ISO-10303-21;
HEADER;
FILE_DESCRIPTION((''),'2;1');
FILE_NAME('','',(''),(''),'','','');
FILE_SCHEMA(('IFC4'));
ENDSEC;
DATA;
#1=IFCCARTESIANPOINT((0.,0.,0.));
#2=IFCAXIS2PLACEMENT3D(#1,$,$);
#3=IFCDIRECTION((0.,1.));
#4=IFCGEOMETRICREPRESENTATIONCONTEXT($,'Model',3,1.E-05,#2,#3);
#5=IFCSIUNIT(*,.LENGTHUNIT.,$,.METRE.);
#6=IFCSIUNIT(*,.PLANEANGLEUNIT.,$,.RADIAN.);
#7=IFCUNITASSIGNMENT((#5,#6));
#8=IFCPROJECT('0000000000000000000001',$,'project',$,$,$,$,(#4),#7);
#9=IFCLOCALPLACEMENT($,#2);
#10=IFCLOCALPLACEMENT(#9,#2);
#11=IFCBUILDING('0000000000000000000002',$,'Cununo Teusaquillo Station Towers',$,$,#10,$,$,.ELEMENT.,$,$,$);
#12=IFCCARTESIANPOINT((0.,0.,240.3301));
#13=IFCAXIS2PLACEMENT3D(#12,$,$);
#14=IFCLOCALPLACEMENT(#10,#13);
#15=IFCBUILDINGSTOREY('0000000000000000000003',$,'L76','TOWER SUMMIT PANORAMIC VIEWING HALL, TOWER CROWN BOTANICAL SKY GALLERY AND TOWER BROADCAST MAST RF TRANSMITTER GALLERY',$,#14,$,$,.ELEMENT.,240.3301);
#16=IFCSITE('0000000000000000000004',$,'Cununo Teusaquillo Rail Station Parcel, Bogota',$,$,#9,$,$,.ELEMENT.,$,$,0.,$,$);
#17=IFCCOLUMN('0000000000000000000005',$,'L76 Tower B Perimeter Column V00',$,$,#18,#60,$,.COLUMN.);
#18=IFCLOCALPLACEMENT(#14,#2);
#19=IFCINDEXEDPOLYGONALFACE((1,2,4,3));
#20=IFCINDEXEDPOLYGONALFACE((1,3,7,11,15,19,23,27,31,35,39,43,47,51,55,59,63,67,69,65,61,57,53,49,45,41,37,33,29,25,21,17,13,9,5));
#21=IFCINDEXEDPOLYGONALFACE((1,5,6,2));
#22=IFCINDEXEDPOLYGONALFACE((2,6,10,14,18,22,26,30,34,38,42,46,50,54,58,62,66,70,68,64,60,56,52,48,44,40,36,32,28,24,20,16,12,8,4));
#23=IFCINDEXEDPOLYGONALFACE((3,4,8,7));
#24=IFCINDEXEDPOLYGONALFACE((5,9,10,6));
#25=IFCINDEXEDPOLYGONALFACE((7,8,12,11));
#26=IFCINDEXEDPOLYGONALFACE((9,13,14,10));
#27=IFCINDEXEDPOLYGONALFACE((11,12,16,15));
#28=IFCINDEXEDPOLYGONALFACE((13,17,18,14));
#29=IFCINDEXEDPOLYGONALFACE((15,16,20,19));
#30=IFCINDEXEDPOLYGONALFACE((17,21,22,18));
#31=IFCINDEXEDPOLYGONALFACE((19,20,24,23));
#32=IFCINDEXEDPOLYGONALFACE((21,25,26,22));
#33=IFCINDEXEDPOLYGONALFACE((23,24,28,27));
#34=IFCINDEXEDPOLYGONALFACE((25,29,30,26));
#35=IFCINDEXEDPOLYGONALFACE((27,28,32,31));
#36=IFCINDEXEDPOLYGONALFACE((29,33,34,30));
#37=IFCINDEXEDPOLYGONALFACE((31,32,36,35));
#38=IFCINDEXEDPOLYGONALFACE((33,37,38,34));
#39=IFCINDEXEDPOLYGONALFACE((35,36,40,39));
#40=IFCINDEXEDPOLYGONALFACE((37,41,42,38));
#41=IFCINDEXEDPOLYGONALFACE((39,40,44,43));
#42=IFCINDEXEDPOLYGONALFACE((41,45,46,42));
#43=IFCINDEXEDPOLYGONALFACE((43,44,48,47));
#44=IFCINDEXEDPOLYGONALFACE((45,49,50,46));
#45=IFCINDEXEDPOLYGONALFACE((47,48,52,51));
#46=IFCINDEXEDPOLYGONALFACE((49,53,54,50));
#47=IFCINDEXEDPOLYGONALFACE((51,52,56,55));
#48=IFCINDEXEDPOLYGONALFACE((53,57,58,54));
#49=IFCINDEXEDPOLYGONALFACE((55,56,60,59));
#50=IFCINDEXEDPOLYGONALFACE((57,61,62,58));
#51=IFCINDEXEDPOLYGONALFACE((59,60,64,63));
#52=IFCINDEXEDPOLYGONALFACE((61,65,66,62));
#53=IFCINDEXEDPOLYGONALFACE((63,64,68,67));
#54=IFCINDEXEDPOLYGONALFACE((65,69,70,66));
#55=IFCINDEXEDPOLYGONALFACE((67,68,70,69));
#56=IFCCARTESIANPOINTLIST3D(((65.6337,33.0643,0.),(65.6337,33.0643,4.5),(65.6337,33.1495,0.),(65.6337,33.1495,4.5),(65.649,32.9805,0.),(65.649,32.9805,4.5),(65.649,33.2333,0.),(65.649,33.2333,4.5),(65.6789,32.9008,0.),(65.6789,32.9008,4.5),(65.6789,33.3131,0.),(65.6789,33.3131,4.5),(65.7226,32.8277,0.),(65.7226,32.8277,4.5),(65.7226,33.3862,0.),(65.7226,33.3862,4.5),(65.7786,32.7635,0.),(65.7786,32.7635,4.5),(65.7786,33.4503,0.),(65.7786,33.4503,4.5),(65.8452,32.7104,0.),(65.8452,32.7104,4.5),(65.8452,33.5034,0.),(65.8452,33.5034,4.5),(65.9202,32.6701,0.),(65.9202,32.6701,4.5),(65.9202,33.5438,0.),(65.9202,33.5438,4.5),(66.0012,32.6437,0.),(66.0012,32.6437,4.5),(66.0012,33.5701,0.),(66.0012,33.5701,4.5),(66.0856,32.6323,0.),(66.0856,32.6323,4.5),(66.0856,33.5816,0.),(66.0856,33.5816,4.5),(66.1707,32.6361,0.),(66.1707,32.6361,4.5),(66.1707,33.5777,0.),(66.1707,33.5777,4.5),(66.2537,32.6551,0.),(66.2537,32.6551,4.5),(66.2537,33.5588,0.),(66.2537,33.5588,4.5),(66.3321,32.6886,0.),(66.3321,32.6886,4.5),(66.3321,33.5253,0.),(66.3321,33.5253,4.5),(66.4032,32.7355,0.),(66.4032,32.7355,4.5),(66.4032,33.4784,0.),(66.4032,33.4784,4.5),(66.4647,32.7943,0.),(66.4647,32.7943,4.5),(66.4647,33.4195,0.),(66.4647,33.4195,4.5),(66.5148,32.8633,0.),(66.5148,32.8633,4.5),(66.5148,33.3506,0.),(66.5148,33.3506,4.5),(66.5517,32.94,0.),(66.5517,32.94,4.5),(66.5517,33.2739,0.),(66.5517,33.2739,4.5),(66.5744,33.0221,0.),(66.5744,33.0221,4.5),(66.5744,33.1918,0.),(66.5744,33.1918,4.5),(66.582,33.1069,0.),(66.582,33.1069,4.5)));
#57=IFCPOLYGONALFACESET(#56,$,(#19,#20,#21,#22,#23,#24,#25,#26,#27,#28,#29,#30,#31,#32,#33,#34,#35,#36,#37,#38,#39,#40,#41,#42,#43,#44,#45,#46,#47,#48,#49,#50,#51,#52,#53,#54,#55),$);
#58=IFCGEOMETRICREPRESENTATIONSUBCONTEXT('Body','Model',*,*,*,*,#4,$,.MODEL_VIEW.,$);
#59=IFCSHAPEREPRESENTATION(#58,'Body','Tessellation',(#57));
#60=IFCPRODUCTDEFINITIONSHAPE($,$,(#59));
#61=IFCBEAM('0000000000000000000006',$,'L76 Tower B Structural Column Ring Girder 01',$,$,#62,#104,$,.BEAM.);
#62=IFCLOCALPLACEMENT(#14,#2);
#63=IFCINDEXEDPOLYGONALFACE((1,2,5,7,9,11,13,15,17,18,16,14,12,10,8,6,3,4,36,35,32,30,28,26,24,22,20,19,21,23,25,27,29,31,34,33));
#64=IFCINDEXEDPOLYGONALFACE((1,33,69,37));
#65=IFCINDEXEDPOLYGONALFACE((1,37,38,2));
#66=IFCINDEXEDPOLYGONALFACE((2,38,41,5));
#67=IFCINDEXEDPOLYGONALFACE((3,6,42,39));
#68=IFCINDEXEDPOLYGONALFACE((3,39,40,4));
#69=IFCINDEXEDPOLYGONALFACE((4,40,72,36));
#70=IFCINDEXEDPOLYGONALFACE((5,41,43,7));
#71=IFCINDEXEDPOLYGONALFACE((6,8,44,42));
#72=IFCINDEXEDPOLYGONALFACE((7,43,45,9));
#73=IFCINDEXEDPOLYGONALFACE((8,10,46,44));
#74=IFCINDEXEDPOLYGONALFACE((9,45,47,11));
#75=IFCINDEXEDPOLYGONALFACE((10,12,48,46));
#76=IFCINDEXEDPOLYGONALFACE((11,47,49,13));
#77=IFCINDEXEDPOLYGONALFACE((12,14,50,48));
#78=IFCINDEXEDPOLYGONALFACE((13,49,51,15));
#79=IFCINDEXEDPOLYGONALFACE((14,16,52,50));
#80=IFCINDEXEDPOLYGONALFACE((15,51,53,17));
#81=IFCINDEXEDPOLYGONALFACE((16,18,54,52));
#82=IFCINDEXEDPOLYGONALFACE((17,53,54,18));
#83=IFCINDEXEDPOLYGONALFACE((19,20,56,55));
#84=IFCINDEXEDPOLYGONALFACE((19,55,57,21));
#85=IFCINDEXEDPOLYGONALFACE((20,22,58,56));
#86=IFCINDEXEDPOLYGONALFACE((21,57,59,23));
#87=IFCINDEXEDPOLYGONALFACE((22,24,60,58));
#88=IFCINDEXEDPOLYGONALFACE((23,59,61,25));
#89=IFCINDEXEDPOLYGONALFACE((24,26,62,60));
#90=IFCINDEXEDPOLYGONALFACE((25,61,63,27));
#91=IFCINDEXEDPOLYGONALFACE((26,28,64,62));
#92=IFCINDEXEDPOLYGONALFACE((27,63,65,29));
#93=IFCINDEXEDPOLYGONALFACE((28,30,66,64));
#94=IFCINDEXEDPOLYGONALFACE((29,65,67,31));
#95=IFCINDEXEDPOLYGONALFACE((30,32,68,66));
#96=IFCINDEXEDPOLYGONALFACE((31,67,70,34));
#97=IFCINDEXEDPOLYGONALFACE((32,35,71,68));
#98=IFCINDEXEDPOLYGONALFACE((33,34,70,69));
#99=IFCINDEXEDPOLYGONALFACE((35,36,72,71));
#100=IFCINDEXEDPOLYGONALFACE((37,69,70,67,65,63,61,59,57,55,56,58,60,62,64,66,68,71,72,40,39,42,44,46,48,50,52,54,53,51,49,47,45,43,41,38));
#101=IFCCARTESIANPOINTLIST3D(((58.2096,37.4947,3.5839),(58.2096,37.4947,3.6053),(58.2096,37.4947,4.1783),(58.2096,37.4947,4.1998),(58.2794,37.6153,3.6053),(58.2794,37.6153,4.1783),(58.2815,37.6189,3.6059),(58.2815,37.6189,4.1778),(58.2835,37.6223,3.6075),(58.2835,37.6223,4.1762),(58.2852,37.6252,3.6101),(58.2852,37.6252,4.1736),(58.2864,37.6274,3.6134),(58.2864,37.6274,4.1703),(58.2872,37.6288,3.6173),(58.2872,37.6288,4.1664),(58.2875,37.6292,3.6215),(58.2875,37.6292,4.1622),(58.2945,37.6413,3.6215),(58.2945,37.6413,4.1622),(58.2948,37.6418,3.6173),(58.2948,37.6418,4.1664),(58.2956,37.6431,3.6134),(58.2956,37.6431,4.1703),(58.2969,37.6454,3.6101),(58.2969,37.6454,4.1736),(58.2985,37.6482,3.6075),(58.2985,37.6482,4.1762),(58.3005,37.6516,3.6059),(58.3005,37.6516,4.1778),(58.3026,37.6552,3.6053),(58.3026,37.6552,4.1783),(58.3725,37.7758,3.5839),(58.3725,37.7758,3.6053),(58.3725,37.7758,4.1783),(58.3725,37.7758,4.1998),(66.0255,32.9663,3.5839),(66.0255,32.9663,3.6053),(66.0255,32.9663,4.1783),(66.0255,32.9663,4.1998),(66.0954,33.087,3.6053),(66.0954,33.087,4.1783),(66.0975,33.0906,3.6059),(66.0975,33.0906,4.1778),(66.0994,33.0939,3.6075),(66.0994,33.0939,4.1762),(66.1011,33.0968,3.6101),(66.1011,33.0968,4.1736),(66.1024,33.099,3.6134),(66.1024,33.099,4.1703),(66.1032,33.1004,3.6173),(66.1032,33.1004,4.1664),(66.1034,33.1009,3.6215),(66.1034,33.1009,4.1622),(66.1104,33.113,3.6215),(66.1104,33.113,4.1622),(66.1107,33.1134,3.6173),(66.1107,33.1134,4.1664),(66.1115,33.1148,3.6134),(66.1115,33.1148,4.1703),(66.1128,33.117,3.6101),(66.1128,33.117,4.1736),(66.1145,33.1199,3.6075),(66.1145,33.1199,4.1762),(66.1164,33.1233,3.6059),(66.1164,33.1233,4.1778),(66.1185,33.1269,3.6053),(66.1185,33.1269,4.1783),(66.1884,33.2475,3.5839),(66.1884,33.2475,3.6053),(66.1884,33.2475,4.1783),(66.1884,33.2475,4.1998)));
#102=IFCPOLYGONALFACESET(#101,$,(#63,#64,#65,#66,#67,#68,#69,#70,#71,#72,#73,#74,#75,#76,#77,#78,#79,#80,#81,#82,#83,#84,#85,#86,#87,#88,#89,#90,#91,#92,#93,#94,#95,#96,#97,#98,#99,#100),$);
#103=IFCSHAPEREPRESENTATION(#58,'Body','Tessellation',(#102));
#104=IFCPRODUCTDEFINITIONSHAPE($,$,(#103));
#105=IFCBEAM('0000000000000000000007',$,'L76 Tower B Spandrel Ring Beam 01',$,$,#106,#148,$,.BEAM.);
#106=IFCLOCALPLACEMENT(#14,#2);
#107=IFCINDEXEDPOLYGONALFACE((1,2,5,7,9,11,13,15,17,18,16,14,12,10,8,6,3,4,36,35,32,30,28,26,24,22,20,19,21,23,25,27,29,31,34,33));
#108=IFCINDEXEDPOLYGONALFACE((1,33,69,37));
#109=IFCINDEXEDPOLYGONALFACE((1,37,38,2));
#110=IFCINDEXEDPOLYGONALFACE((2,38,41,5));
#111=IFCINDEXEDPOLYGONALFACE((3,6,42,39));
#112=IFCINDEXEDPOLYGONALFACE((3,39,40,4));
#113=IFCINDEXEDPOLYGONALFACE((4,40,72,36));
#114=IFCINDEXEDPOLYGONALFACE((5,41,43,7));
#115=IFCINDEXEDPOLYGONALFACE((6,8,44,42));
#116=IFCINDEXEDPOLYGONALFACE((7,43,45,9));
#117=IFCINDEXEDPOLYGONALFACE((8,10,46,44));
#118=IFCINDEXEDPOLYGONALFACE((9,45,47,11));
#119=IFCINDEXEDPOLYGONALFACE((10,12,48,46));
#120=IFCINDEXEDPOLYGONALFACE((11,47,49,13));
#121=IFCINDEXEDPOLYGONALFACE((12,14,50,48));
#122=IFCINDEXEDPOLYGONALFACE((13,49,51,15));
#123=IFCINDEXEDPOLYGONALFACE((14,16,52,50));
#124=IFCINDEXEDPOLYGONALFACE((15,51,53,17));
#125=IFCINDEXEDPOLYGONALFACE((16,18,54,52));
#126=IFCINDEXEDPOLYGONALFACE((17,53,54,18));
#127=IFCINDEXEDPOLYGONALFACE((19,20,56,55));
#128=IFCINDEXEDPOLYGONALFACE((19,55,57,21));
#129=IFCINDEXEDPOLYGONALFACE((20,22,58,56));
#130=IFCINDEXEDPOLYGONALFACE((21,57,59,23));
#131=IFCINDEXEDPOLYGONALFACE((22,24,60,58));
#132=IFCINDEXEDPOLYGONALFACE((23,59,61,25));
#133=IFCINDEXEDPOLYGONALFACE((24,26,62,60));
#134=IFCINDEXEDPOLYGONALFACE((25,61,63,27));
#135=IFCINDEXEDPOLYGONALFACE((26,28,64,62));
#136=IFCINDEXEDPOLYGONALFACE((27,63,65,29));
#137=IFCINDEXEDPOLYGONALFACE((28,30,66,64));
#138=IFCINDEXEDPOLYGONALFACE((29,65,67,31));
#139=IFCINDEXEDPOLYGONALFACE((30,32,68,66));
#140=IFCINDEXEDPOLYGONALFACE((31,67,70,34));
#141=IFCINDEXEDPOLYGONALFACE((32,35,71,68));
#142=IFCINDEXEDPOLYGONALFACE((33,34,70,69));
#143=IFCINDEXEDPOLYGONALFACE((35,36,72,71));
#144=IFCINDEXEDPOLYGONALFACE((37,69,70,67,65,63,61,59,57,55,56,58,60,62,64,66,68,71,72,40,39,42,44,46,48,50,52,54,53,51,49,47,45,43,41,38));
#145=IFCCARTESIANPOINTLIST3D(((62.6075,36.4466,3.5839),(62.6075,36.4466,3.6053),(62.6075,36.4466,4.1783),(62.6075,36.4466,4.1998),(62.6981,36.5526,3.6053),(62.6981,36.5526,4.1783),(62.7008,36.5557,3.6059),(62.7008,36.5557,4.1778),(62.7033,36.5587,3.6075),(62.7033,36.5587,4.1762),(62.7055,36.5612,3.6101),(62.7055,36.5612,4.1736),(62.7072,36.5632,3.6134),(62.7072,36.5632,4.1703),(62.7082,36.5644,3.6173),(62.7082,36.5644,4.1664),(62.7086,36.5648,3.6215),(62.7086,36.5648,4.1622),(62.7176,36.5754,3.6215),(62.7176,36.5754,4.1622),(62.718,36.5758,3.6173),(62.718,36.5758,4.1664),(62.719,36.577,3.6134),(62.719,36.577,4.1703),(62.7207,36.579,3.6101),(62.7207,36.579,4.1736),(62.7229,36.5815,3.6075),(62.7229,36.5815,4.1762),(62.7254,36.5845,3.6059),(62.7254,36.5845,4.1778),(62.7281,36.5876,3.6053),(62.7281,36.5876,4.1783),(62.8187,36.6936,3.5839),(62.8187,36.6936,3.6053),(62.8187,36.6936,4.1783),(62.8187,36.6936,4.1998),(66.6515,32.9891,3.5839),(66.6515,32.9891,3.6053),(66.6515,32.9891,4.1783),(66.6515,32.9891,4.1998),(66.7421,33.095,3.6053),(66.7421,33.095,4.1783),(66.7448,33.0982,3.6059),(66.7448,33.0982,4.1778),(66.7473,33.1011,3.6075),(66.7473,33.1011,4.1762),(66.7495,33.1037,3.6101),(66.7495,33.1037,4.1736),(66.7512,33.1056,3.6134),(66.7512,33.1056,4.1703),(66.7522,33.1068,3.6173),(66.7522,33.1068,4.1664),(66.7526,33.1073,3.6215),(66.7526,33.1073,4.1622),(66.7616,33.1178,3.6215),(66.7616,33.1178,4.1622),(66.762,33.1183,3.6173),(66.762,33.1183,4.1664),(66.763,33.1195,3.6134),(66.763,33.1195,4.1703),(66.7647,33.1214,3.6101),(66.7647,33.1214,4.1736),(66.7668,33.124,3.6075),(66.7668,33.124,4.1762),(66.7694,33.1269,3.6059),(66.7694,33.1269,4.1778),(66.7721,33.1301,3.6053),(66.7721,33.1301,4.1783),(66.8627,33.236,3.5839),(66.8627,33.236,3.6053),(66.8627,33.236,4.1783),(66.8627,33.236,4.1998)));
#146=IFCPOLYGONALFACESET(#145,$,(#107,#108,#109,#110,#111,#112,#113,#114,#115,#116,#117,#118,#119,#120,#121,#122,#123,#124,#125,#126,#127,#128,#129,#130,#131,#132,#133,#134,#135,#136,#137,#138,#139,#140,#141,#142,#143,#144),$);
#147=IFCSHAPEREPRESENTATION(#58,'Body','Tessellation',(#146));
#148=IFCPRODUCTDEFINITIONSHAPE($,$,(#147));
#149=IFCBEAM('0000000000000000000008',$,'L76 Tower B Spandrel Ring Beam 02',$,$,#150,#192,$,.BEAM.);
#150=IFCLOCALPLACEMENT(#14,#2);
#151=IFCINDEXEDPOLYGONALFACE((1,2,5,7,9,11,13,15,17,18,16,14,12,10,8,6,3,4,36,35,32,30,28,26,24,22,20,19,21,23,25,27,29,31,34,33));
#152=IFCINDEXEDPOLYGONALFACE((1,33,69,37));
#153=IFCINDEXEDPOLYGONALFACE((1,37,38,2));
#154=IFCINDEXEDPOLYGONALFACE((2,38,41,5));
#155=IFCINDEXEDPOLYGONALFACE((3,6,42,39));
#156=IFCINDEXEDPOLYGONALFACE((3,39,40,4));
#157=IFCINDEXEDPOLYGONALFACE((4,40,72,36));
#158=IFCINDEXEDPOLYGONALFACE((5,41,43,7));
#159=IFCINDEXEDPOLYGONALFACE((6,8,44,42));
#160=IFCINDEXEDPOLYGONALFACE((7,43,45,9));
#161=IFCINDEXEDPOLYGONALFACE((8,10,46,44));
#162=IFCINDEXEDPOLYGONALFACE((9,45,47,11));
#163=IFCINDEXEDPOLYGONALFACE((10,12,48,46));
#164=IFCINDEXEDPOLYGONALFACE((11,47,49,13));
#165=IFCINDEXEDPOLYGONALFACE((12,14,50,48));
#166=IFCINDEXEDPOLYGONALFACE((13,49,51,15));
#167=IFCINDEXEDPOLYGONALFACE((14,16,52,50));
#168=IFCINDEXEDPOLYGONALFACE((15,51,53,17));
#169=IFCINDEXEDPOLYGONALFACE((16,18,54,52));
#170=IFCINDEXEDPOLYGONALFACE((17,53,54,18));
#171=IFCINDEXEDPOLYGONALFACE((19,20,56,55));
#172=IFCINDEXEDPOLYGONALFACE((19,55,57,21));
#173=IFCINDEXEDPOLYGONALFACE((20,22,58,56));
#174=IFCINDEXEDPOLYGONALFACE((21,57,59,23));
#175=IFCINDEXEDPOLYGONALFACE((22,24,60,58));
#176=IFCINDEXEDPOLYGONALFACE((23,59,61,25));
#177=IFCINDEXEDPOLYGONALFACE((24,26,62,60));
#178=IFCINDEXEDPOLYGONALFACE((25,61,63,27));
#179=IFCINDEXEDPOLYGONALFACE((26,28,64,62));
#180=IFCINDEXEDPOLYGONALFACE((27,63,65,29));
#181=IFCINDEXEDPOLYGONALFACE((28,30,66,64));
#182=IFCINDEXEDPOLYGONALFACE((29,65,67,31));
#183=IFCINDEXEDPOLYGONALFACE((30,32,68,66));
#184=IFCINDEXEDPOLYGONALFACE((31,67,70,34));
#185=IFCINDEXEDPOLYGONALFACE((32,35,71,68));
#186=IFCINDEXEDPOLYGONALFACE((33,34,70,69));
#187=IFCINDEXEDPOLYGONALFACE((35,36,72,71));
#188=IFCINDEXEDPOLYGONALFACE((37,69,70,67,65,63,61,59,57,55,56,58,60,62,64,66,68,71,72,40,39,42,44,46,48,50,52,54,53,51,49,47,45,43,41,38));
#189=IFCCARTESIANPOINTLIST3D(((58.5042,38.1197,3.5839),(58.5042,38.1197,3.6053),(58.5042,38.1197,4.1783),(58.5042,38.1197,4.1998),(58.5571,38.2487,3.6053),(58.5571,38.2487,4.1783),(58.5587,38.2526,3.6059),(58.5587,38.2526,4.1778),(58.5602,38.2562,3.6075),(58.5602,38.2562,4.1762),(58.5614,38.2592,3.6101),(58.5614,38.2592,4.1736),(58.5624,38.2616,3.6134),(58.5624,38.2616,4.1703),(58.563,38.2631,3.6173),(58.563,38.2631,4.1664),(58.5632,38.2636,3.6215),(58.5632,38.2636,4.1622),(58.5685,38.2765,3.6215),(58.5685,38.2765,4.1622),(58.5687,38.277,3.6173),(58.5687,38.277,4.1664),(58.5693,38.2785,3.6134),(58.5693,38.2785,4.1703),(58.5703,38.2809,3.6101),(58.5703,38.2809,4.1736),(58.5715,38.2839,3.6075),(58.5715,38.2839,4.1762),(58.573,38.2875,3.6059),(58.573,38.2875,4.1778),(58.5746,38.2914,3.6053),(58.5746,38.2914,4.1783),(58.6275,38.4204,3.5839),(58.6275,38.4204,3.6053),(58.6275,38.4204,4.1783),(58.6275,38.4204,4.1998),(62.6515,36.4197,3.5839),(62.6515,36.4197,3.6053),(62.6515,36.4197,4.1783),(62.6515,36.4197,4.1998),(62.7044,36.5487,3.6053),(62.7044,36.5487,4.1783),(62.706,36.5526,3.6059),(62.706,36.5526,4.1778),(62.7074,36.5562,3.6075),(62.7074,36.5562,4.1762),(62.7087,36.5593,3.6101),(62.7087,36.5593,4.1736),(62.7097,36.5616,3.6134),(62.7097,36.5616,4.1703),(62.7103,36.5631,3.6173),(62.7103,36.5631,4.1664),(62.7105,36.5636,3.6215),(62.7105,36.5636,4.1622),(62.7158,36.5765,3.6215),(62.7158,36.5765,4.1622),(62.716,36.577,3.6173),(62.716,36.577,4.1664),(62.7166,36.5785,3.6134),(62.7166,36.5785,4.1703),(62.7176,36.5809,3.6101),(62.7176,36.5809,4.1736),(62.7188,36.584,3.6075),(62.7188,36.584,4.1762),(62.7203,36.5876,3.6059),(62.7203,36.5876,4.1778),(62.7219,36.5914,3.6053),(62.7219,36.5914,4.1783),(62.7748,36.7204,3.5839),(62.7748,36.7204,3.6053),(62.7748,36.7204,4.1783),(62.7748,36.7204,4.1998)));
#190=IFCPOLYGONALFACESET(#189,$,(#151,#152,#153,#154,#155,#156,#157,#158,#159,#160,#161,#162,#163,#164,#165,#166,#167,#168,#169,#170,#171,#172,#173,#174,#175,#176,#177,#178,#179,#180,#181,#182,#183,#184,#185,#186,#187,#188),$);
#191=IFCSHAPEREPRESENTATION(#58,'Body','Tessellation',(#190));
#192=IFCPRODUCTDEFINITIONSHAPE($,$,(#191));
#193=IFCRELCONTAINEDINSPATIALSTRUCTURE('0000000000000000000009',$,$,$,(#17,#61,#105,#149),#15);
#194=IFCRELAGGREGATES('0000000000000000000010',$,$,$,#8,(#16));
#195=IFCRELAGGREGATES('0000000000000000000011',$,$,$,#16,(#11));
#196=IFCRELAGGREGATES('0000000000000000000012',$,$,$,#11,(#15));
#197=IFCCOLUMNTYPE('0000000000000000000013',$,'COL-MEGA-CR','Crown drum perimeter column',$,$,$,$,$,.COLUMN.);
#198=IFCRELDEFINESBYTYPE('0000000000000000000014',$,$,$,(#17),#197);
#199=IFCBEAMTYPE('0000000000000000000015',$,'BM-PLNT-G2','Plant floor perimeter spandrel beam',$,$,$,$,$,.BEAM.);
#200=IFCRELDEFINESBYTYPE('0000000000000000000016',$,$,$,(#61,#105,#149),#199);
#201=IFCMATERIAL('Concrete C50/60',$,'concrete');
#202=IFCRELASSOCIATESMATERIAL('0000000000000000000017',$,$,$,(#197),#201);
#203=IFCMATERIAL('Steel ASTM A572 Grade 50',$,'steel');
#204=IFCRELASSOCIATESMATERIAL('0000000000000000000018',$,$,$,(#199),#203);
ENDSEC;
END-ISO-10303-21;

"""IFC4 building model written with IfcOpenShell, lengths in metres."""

from ifc_helpers import new_model, si_unit, direction, frame, origin, origin_2d, place, context, subcontext, project, spatial, circle, i_section, extrude, material, material_profile, profile_set, type_object, element, save


model = new_model("IFC4")

# Units and contexts
model_context = context("Model", 3, precision=1e-05, world=origin(), true_north=direction((0.0, 1.0)))
body_context = subcontext(model_context, "Body", "Model", "MODEL_VIEW")
ifc_project = project(units=[si_unit("LENGTHUNIT", "METRE"), si_unit("PLANEANGLEUNIT", "RADIAN")], contexts=[model_context])

# Site, building, storey
site_placement = place(None, origin())
site = spatial("IfcSite", under=ifc_project, at=site_placement, Name="Cununo Teusaquillo Rail Station Parcel, Bogota", CompositionType="ELEMENT", RefElevation=0.0)
building_placement = place(site_placement, origin())
building = spatial("IfcBuilding", under=site, at=building_placement, Name="Cununo Teusaquillo Station Towers", CompositionType="ELEMENT")
storey_placement = place(building_placement, frame((0.0, 0.0, 240.3301)))
storey = spatial("IfcBuildingStorey", under=building, at=storey_placement, Name="L76", Description="TOWER SUMMIT PANORAMIC VIEWING HALL, TOWER CROWN BOTANICAL SKY GALLERY AND TOWER BROADCAST MAST RF TRANSMITTER GALLERY", CompositionType="ELEMENT", Elevation=240.3301)

# Column
ifc_material_1 = material(Name="Concrete C50/60", Category="concrete")
ifc_material_profile_1 = material_profile(ifc_material_1, circle(Radius=0.4751, at=origin_2d()), Name="RC-CIRC-950")
ifc_profile_set_1 = profile_set([ifc_material_profile_1], Name="Concrete C50/60")
column_type = type_object("IfcColumnType", Name="COL-MEGA-CR", Description="Crown drum perimeter column", PredefinedType="COLUMN", material=ifc_profile_set_1)
column_placement = place(storey_placement, frame((66.1069, 33.1069, 0.0), z_axis=(0.0, 0.0, 1.0), x_axis=(1.0, 0.0, 0.0)))
element("IfcColumn", 1, at=column_placement, inside=storey, type_object=column_type, Name="L76 Tower B Perimeter Column V00", PredefinedType="COLUMN", context=body_context, shape_type="SweptSolid", body=[
    extrude(circle(Radius=0.4751, at=origin_2d()), origin(), (0.0, 0.0, 1.0), 4.5),
])

# Beams
ifc_material_2 = material(Name="Steel ASTM A572 Grade 50", Category="steel")
ifc_material_profile_2 = material_profile(ifc_material_2, i_section(OverallWidth=0.325, OverallDepth=0.616, WebThickness=0.0139, FlangeThickness=0.0215, FilletRadius=0.0161, at=origin_2d()), Name="W24X117")
ifc_profile_set_2 = profile_set([ifc_material_profile_2], Name="Steel ASTM A572 Grade 50")
beam_type = type_object("IfcBeamType", Name="BM-PLNT-G2", Description="Plant floor perimeter spandrel beam", PredefinedType="BEAM", material=ifc_profile_set_2)
beam_1_placement = place(storey_placement, frame((66.1069, 33.1069, 3.8918), z_axis=(-0.865267, 0.501311, 0.0), x_axis=(-0.501311, -0.865267, 0.0)))
element("IfcBeam", 2, at=beam_1_placement, inside=storey, type_object=beam_type, Name="L76 Tower B Structural Column Ring Girder 01", PredefinedType="BEAM", context=body_context, shape_type="SweptSolid", body=[
    extrude(i_section(OverallWidth=0.325, OverallDepth=0.616, WebThickness=0.0139, FlangeThickness=0.0215, FilletRadius=0.0161, at=origin_2d()), origin(), (0.0, 0.0, 1.0), 9.033),
])
beam_2_placement = place(storey_placement, frame((66.7571, 33.1125, 3.8918), z_axis=(-0.760066, 0.649846, 0.0), x_axis=(-0.649846, -0.760066, 0.0)))
element("IfcBeam", 3, at=beam_2_placement, inside=storey, type_object=beam_type, Name="L76 Tower B Spandrel Ring Beam 01", PredefinedType="BEAM", context=body_context, shape_type="SweptSolid", body=[
    extrude(i_section(OverallWidth=0.325, OverallDepth=0.616, WebThickness=0.0139, FlangeThickness=0.0215, FilletRadius=0.0161, at=origin_2d()), origin(), (0.0, 0.0, 1.0), 5.3206),
])
beam_3_placement = place(storey_placement, frame((62.7131, 36.5701, 3.8918), z_axis=(-0.925284, 0.379275, 0.0), x_axis=(-0.379275, -0.925284, 0.0)))
element("IfcBeam", 4, at=beam_3_placement, inside=storey, type_object=beam_type, Name="L76 Tower B Spandrel Ring Beam 02", PredefinedType="BEAM", context=body_context, shape_type="SweptSolid", body=[
    extrude(i_section(OverallWidth=0.325, OverallDepth=0.616, WebThickness=0.0139, FlangeThickness=0.0215, FilletRadius=0.0161, at=origin_2d()), origin(), (0.0, 0.0, 1.0), 4.4822),
])

save(model, "model.ifc")
